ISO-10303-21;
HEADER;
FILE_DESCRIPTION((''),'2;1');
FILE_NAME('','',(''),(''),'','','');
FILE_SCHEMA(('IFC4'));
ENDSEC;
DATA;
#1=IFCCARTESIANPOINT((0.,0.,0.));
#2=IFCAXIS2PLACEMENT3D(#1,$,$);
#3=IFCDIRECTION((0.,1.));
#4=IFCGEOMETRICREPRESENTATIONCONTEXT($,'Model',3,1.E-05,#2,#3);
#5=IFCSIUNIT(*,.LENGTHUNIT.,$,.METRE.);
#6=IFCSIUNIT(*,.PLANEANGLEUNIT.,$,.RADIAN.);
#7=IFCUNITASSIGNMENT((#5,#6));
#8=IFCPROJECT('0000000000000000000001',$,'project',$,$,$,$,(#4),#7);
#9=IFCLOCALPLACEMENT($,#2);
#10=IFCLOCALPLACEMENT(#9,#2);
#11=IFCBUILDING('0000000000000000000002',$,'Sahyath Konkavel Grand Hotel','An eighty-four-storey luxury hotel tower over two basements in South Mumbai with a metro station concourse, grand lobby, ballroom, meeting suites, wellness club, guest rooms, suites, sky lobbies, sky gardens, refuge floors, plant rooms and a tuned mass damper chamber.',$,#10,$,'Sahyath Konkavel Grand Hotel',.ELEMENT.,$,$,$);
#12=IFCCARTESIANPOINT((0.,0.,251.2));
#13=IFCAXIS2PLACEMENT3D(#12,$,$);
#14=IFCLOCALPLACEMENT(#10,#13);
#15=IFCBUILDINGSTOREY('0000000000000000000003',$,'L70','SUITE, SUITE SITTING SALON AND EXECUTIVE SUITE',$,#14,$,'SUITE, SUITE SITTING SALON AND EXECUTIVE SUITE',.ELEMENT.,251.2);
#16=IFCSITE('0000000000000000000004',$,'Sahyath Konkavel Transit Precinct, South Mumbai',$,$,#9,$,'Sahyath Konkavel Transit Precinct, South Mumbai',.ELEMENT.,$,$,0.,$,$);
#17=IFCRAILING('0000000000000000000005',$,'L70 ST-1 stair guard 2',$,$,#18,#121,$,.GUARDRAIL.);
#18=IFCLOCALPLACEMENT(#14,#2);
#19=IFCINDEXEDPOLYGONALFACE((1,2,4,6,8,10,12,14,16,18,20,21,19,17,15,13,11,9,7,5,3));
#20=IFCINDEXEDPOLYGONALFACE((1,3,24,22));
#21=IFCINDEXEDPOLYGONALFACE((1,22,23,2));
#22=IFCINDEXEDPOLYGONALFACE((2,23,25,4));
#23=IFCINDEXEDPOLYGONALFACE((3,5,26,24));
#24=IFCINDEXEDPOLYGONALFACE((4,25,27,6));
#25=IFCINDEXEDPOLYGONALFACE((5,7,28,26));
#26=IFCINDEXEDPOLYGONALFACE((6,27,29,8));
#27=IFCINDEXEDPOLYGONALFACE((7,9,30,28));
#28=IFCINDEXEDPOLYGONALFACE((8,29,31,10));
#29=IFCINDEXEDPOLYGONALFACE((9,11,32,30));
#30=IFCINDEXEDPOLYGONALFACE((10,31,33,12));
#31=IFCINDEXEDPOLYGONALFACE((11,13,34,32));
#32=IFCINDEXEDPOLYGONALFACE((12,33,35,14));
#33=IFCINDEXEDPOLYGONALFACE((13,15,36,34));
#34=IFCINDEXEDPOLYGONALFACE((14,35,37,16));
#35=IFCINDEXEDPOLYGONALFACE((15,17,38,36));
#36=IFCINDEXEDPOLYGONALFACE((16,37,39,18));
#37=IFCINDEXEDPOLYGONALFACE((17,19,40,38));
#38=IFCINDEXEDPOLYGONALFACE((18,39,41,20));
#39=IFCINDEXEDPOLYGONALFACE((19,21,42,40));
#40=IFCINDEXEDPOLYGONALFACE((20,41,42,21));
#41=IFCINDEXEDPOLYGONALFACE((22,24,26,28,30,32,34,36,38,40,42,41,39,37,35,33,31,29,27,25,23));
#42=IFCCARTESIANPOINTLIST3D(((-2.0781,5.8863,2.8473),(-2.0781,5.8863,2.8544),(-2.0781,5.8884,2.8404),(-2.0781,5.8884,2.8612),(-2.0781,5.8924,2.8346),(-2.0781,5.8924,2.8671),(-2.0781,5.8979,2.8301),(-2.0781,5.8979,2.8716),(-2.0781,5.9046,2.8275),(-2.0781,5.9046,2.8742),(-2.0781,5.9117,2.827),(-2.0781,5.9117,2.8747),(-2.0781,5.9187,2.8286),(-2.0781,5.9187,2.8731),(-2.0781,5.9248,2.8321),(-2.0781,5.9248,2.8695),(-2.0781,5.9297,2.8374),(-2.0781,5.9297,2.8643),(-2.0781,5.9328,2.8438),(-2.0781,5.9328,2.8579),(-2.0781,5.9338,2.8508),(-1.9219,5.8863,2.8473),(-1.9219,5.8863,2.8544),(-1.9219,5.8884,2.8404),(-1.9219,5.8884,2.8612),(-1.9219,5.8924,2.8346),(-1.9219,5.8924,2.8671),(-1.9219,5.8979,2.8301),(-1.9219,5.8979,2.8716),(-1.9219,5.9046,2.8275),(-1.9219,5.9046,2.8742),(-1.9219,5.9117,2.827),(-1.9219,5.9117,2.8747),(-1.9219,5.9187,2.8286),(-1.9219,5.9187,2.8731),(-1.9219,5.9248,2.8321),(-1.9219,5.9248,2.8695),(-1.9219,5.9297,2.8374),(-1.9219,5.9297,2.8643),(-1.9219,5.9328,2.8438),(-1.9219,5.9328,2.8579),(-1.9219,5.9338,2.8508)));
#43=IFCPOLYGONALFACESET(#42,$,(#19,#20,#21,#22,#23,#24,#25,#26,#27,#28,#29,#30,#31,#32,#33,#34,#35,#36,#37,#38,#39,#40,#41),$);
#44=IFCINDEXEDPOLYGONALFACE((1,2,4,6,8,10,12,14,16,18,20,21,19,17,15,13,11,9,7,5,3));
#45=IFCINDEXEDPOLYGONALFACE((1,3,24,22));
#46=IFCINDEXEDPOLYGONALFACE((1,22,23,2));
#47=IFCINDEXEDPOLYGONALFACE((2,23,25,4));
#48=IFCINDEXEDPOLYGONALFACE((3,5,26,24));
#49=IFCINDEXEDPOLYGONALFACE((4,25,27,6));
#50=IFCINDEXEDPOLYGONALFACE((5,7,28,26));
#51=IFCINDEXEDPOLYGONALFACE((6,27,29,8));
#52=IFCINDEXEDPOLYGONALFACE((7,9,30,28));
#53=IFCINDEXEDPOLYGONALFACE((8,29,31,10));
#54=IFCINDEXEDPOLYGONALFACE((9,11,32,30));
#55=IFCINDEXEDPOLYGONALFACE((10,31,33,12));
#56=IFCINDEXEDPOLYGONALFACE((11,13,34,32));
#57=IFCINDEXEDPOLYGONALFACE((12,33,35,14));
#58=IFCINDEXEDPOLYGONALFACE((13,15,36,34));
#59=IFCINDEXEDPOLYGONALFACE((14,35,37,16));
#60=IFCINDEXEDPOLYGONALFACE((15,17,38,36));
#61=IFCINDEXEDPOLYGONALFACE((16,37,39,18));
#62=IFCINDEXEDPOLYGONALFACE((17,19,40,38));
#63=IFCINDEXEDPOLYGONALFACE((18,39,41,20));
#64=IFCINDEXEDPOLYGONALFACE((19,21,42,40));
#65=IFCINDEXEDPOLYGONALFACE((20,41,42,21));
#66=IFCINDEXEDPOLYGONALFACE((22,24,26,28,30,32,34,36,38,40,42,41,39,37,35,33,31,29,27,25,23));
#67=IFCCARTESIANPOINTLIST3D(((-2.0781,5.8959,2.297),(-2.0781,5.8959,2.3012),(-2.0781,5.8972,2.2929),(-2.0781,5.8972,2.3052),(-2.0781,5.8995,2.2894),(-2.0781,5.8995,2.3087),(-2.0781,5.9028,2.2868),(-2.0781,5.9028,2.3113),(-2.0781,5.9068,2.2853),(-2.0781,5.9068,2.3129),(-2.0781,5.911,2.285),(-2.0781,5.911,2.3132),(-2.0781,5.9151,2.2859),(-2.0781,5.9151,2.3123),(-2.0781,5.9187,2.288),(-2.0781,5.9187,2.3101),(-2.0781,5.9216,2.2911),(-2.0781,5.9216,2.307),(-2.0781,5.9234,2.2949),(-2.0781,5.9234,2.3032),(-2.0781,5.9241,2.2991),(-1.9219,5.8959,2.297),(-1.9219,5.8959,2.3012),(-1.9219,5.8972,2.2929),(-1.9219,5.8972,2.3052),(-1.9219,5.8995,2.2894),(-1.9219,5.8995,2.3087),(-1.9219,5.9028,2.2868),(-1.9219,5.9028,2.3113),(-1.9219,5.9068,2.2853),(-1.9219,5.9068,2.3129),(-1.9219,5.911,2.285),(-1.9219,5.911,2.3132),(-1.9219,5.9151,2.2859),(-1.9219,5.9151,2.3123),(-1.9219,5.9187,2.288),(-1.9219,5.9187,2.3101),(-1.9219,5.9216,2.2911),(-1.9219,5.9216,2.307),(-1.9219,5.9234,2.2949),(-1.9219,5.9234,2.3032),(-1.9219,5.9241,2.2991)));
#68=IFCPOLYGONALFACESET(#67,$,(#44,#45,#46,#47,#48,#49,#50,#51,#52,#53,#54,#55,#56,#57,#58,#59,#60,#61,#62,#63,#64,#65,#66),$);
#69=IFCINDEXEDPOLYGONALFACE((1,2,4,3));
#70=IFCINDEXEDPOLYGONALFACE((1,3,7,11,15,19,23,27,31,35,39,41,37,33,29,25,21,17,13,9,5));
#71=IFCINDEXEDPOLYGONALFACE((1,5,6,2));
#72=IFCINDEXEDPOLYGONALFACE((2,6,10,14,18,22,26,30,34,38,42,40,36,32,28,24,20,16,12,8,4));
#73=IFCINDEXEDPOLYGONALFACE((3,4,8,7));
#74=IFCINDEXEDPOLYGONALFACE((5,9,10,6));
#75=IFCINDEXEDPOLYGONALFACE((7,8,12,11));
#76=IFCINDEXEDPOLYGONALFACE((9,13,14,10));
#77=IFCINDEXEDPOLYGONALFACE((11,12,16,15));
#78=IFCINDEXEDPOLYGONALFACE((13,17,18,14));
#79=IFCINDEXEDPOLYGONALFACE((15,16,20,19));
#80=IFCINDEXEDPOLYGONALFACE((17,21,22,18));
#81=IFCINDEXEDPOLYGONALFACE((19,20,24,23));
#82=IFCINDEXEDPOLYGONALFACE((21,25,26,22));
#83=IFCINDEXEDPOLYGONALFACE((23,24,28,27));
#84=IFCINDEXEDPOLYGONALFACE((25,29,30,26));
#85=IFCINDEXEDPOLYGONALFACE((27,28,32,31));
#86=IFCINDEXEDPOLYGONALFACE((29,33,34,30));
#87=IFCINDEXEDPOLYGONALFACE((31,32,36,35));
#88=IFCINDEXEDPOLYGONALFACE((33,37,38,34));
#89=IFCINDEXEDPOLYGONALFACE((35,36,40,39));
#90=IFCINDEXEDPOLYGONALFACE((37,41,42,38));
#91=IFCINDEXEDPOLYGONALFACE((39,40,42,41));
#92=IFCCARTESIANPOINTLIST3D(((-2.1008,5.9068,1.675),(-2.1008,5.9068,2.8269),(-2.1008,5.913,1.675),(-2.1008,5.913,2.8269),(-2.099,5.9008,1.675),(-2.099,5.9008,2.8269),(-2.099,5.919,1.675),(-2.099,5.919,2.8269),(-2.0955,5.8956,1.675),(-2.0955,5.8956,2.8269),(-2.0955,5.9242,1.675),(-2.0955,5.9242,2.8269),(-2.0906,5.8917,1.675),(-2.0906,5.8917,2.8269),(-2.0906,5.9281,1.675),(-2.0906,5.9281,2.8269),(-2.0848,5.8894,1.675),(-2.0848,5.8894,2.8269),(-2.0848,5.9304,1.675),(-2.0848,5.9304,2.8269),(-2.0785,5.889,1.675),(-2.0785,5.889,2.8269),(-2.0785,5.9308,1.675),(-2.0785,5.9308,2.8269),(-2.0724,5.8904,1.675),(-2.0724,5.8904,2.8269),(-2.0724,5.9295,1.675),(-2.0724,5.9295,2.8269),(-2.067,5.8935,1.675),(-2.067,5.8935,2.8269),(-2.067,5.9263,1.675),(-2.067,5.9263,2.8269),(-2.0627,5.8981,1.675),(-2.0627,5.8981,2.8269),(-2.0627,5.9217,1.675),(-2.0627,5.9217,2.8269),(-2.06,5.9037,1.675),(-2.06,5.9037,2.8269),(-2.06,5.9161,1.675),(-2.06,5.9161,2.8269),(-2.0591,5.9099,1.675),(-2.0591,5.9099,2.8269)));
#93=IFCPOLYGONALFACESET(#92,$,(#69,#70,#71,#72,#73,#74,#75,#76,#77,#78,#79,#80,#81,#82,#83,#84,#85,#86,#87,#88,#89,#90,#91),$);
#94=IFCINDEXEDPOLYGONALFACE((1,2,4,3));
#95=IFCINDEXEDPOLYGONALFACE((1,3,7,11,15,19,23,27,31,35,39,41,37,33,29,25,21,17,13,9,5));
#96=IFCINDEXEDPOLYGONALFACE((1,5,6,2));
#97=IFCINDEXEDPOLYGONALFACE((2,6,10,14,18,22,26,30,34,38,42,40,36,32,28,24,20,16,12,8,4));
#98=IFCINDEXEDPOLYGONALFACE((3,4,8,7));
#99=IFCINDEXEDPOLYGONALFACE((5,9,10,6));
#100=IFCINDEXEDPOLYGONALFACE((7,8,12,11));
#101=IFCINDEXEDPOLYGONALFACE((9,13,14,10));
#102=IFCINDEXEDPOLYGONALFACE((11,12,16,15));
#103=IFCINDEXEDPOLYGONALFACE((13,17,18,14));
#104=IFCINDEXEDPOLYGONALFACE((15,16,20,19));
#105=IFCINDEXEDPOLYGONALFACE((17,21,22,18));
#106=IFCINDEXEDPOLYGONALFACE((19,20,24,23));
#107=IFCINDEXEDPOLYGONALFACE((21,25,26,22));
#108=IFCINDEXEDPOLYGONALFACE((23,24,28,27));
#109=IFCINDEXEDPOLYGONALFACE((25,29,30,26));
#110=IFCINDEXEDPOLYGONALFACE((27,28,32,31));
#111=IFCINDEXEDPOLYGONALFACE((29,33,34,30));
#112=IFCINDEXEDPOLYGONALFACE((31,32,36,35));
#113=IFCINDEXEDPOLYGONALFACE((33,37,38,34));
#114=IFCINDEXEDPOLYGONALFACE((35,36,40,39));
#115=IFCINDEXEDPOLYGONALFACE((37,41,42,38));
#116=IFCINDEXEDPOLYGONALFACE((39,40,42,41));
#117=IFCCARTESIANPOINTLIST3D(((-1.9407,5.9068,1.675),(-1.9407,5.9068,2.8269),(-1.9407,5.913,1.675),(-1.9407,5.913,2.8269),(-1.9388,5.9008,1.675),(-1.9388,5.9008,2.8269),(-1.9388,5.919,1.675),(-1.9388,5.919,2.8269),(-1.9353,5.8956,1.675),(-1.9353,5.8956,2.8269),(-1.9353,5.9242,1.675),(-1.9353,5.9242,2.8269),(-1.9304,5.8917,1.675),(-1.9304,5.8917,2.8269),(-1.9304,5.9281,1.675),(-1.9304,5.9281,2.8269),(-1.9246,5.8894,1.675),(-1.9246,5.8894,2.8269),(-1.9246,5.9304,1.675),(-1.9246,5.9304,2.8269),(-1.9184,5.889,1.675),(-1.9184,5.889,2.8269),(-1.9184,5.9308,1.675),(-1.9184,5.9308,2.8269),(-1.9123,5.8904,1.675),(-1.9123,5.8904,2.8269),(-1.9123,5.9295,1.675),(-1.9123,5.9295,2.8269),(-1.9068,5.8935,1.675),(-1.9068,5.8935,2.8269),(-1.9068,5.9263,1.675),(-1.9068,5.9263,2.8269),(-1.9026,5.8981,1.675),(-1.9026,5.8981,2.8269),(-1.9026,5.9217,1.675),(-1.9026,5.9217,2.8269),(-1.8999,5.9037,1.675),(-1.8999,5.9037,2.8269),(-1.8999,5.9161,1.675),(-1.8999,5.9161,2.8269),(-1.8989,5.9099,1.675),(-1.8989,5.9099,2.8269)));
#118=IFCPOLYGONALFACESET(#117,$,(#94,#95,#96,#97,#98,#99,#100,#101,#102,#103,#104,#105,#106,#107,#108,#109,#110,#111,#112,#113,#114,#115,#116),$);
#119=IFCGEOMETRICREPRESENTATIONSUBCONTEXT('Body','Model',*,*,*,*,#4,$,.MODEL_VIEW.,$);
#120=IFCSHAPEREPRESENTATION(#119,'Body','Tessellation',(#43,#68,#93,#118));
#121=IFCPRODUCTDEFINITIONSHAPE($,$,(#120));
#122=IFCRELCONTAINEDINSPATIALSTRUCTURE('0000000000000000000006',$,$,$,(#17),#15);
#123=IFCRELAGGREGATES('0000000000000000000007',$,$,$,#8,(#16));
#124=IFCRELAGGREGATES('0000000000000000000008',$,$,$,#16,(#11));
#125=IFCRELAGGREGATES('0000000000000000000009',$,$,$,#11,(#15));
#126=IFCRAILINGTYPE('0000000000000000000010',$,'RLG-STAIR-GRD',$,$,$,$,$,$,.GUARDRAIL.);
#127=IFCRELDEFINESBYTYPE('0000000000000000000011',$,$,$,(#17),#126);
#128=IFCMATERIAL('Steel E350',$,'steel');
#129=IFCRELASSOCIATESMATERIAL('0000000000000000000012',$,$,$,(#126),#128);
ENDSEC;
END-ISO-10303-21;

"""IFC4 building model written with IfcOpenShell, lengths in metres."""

from ifc_helpers import new_model, si_unit, direction, frame, origin, origin_2d, place, context, subcontext, project, spatial, circle, extrude, material, type_object, element, save


model = new_model("IFC4")

# Units and contexts
model_context = context("Model", 3, precision=1e-05, world=origin(), true_north=direction((0.0, 1.0)))
body_context = subcontext(model_context, "Body", "Model", "MODEL_VIEW")
ifc_project = project(units=[si_unit("LENGTHUNIT", "METRE"), si_unit("PLANEANGLEUNIT", "RADIAN")], contexts=[model_context])

# Site, building, storey
site_placement = place(None, origin())
site = spatial("IfcSite", under=ifc_project, at=site_placement, Name="Sahyath Konkavel Transit Precinct, South Mumbai", LongName="Sahyath Konkavel Transit Precinct, South Mumbai", CompositionType="ELEMENT", RefElevation=0.0)
building_placement = place(site_placement, origin())
building = spatial("IfcBuilding", under=site, at=building_placement, Name="Sahyath Konkavel Grand Hotel", Description="An eighty-four-storey luxury hotel tower over two basements in South Mumbai with a metro station concourse, grand lobby, ballroom, meeting suites, wellness club, guest rooms, suites, sky lobbies, sky gardens, refuge floors, plant rooms and a tuned mass damper chamber.", LongName="Sahyath Konkavel Grand Hotel", CompositionType="ELEMENT")
storey_placement = place(building_placement, frame((0.0, 0.0, 251.2)))
storey = spatial("IfcBuildingStorey", under=building, at=storey_placement, Name="L70", Description="SUITE, SUITE SITTING SALON AND EXECUTIVE SUITE", LongName="SUITE, SUITE SITTING SALON AND EXECUTIVE SUITE", CompositionType="ELEMENT", Elevation=251.2)

# Shared definitions
ifc_material_1 = material(Name="Steel E350", Category="steel")

# Railing
railing_type_1 = type_object("IfcRailingType", Name="RLG-STAIR-GRD", PredefinedType="GUARDRAIL", material=ifc_material_1)
railing_1_placement = place(storey_placement, frame((-2.0801, 5.9099, 1.675)))
element("IfcRailing", 1, at=railing_1_placement, inside=storey, type_object=railing_type_1, Name="L70 ST-1 stair guard 2", PredefinedType="GUARDRAIL", context=body_context, shape_type="SweptSolid", body=[
    extrude(circle(Radius=0.0239, at=origin_2d()), frame((0.002, 0.0, 1.1758), z_axis=(1.0, 0.0, 0.0), x_axis=(0.0, 1.0, 0.0)), (0.0, 0.0, 1.0), 0.1562),
    extrude(circle(Radius=0.0142, at=origin_2d()), frame((0.002, 0.0, 0.624), z_axis=(1.0, 0.0, 0.0), x_axis=(0.0, 1.0, 0.0)), (0.0, 0.0, 1.0), 0.1562),
    extrude(circle(Radius=0.021, at=origin_2d()), origin(), (0.0, 0.0, 1.0), 1.1519),
    extrude(circle(Radius=0.021, at=origin_2d()), frame((0.1602, 0.0, 0.0)), (0.0, 0.0, 1.0), 1.1519),
])

save(model, "model.ifc")
